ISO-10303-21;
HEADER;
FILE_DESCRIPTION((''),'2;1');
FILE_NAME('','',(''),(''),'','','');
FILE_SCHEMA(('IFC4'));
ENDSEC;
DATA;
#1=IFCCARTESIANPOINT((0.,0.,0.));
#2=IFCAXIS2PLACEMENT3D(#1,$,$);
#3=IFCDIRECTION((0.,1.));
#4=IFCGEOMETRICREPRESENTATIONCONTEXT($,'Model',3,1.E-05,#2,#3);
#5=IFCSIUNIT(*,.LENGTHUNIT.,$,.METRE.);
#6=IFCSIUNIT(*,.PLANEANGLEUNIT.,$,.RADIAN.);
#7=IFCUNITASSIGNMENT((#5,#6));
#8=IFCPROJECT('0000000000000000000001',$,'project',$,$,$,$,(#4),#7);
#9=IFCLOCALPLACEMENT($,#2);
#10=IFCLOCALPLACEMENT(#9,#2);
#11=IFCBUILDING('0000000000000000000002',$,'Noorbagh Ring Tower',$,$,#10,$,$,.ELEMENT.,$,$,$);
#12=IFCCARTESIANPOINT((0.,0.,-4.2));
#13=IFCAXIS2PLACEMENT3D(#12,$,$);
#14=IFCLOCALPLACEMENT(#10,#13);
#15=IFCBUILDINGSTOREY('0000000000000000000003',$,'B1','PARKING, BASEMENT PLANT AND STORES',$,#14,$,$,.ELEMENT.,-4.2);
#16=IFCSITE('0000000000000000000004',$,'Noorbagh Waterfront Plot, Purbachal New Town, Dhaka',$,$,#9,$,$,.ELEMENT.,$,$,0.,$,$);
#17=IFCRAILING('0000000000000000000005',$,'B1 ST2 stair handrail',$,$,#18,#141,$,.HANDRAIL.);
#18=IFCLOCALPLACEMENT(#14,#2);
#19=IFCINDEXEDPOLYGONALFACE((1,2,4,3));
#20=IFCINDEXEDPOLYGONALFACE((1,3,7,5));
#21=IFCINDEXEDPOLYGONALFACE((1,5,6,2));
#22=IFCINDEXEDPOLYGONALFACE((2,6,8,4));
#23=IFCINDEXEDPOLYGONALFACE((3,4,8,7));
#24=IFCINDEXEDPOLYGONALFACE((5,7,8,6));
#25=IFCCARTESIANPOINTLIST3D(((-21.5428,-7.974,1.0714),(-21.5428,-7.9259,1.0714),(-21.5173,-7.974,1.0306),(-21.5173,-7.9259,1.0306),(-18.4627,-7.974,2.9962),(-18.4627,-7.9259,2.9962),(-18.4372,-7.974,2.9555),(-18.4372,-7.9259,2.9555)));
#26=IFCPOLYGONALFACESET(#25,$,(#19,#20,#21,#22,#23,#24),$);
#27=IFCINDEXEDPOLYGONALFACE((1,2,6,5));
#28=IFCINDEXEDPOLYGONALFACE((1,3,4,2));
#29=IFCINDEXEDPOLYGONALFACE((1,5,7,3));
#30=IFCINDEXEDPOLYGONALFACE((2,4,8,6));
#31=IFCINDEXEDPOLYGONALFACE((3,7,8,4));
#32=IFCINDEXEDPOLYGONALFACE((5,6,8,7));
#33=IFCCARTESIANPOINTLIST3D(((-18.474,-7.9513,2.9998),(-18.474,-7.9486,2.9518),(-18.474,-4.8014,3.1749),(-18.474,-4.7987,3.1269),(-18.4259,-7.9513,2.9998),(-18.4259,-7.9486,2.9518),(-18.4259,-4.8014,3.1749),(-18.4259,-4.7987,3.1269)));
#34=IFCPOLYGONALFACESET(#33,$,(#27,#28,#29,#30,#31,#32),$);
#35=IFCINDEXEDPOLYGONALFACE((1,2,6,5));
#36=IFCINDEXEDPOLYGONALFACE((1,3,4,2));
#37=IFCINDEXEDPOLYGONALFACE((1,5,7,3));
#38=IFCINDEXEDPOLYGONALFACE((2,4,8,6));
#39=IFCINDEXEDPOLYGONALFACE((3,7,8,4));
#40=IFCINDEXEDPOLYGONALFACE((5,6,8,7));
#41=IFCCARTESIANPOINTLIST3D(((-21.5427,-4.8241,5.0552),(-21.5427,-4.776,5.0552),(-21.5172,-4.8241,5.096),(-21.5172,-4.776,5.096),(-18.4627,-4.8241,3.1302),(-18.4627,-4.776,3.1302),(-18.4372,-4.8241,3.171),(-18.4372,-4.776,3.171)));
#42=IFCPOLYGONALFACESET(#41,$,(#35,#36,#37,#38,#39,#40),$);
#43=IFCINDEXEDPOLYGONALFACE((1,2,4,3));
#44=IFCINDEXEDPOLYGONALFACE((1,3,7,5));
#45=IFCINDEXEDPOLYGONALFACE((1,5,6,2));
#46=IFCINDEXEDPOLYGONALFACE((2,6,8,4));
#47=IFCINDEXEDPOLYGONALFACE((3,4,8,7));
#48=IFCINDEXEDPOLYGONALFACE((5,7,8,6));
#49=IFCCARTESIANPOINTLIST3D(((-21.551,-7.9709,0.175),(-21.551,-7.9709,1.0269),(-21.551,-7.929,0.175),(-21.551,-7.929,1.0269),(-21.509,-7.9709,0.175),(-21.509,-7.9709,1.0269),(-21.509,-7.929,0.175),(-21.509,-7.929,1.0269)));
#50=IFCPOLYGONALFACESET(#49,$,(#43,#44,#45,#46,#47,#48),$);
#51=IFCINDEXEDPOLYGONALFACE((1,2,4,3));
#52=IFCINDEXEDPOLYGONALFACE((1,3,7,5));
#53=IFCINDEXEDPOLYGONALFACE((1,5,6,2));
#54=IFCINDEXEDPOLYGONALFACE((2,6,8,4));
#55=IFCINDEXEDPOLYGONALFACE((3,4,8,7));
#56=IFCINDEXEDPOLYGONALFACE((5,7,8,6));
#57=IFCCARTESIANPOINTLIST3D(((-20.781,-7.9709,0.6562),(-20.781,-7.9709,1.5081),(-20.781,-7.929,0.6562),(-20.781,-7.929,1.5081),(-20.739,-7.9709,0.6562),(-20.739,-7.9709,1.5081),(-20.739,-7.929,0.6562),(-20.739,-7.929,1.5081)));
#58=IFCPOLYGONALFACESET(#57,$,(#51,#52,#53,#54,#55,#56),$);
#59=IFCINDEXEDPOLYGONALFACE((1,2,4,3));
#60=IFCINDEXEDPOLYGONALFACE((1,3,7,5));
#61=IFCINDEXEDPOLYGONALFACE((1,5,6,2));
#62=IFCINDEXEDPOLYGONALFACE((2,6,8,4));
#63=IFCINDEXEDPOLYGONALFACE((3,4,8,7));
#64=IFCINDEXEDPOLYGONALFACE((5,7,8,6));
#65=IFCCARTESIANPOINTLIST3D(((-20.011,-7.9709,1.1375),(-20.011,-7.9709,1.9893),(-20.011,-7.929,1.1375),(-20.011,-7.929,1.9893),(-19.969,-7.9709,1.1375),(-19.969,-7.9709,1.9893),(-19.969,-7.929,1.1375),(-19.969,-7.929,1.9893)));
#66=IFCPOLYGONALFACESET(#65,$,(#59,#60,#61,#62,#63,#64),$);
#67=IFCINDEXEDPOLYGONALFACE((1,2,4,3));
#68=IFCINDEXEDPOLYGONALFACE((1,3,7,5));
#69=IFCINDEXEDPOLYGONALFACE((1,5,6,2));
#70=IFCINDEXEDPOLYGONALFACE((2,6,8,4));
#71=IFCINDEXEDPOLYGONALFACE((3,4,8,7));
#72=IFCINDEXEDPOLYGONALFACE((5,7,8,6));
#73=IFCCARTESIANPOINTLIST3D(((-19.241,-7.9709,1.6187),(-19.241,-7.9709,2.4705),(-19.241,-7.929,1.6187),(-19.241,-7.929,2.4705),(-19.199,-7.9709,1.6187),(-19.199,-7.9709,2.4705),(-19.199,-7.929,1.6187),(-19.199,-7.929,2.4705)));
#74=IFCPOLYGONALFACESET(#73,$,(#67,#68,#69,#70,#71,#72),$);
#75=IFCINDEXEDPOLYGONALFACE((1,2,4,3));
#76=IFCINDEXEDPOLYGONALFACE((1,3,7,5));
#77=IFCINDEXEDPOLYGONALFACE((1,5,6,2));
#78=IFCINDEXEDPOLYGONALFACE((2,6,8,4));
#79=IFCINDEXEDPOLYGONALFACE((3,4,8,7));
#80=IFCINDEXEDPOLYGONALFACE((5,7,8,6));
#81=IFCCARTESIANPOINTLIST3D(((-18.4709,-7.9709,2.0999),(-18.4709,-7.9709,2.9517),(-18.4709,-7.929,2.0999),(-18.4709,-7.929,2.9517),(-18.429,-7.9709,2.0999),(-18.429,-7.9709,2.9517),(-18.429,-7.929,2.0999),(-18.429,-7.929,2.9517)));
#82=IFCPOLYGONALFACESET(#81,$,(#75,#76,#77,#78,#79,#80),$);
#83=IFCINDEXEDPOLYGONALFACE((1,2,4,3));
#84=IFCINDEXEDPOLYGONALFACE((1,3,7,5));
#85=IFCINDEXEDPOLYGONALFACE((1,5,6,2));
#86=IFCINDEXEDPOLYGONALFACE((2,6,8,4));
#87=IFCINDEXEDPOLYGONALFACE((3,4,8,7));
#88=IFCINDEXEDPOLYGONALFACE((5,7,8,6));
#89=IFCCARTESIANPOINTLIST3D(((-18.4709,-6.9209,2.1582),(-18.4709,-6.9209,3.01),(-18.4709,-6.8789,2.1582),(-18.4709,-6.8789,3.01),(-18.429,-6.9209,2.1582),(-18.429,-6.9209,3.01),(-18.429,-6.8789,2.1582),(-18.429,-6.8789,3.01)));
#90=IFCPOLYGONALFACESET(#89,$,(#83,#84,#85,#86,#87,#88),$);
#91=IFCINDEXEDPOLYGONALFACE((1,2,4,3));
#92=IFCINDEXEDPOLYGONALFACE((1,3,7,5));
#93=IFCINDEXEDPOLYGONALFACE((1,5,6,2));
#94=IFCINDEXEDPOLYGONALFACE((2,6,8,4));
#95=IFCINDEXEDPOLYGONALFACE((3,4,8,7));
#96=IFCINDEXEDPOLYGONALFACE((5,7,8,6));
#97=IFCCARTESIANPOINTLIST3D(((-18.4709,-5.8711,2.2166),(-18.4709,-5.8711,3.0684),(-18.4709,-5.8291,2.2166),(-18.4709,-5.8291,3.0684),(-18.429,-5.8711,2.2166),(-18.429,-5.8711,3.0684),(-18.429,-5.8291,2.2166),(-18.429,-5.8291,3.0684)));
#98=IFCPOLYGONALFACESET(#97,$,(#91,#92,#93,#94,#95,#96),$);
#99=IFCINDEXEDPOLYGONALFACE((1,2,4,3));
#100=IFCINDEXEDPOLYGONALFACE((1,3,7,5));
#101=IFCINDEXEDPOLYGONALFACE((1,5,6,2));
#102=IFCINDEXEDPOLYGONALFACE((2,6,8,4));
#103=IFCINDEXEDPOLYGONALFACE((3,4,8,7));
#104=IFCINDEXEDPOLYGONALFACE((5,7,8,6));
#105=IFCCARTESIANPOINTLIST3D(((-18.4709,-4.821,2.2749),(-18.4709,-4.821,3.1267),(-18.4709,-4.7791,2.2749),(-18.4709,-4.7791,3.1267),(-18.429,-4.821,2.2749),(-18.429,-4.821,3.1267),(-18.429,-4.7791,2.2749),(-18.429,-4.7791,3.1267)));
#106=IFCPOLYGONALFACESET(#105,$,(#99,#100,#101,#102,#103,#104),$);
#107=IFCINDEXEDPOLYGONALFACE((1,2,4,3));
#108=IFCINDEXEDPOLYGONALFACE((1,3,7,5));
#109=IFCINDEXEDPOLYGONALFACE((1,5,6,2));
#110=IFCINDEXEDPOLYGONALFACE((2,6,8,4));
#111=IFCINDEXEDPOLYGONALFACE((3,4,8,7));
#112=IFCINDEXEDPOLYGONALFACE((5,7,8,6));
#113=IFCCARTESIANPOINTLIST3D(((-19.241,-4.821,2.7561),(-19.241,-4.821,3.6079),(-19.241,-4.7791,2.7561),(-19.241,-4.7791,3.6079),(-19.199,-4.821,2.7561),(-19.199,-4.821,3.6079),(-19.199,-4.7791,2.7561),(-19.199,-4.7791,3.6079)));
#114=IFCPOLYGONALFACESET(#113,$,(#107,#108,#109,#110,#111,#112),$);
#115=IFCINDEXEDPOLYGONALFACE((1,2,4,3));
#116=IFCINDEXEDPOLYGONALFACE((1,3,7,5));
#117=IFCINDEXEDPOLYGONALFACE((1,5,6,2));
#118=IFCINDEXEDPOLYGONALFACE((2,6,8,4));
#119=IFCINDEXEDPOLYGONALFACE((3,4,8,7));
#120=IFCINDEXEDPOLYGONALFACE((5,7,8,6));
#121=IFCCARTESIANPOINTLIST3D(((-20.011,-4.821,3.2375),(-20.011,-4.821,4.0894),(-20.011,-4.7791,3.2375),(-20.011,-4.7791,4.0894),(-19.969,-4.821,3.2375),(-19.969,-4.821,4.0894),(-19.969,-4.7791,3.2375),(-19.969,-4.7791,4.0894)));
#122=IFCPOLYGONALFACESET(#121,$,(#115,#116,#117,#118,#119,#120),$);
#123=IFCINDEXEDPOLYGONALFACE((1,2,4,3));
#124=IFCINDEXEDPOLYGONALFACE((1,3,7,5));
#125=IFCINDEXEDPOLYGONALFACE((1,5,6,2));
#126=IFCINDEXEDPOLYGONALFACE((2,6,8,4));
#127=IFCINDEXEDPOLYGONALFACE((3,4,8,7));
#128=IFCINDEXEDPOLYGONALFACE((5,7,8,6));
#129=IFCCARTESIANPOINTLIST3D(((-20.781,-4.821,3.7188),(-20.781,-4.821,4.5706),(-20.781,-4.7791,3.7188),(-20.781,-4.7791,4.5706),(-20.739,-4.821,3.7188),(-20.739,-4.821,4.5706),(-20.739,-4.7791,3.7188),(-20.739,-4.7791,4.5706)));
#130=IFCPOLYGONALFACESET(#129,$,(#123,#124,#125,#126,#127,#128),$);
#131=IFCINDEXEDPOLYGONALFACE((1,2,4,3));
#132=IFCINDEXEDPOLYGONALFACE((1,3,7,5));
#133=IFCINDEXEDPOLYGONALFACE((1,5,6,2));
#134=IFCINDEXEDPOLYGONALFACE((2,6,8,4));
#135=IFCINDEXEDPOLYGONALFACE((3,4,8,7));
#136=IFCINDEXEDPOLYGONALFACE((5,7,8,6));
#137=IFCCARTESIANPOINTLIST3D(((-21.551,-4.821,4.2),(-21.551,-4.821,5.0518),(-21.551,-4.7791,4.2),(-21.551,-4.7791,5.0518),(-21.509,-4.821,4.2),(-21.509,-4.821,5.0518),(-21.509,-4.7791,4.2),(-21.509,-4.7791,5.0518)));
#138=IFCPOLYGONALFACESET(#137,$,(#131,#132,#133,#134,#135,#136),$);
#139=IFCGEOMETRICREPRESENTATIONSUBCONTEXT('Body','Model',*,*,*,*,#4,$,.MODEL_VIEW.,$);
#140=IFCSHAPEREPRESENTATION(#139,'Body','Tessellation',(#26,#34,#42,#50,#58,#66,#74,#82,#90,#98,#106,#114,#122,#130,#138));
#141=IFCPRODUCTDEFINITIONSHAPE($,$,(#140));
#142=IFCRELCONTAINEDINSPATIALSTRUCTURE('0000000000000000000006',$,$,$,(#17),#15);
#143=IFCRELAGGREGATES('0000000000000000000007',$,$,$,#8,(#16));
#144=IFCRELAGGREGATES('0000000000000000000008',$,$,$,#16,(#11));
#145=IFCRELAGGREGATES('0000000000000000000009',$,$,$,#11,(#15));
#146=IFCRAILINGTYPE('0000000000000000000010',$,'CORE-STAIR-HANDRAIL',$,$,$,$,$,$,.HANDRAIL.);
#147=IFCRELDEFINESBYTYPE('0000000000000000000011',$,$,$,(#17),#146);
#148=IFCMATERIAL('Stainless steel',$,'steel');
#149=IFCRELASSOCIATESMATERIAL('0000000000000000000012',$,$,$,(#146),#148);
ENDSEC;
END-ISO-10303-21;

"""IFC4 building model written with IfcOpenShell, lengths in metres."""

from ifc_helpers import new_model, si_unit, direction, frame, origin, origin_2d, place, context, subcontext, project, spatial, rectangle, extrude, material, type_object, element, save


model = new_model("IFC4")

# Units and contexts
model_context = context("Model", 3, precision=1e-05, world=origin(), true_north=direction((0.0, 1.0)))
body_context = subcontext(model_context, "Body", "Model", "MODEL_VIEW")
ifc_project = project(units=[si_unit("LENGTHUNIT", "METRE"), si_unit("PLANEANGLEUNIT", "RADIAN")], contexts=[model_context])

# Site, building, storey
site_placement = place(None, origin())
site = spatial("IfcSite", under=ifc_project, at=site_placement, Name="Noorbagh Waterfront Plot, Purbachal New Town, Dhaka", CompositionType="ELEMENT", RefElevation=0.0)
building_placement = place(site_placement, origin())
building = spatial("IfcBuilding", under=site, at=building_placement, Name="Noorbagh Ring Tower", CompositionType="ELEMENT")
storey_placement = place(building_placement, frame((0.0, 0.0, -4.2)))
storey = spatial("IfcBuildingStorey", under=building, at=storey_placement, Name="B1", Description="PARKING, BASEMENT PLANT AND STORES", CompositionType="ELEMENT", Elevation=-4.2)

# Railing
ifc_material_1 = material(Name="Stainless steel", Category="steel")
railing_type_1 = type_object("IfcRailingType", Name="CORE-STAIR-HANDRAIL", PredefinedType="HANDRAIL", material=ifc_material_1)
railing_1_placement = place(storey_placement, frame((-21.53, -7.95, 0.175)))
element("IfcRailing", 1, at=railing_1_placement, inside=storey, type_object=railing_type_1, Name="B1 ST2 stair handrail", PredefinedType="HANDRAIL", context=body_context, shape_type="SweptSolid", body=[
    extrude(rectangle(XDim=0.0481, YDim=0.0481, at=origin_2d()), frame((0.0, 0.0, 0.876), z_axis=(0.848029, 0.0, 0.529951), x_axis=(0.0, 1.0, 0.0)), (0.0, 0.0, 1.0), 3.6321),
    extrude(rectangle(XDim=0.0481, YDim=0.0481, at=origin_2d()), frame((3.0801, 0.0, 2.8008), z_axis=(0.0, 0.998459, 0.055487), x_axis=(-1.0, 0.0, 0.0)), (0.0, 0.0, 1.0), 3.1548),
    extrude(rectangle(XDim=0.0481, YDim=0.0481, at=origin_2d()), frame((3.0801, 3.1499, 2.9756), z_axis=(-0.847998, 0.0, 0.529999), x_axis=(0.0, -1.0, 0.0)), (0.0, 0.0, 1.0), 3.6321),
    extrude(rectangle(XDim=0.042, YDim=0.042, at=origin_2d()), origin(), (0.0, 0.0, 1.0), 0.8518),
    extrude(rectangle(XDim=0.042, YDim=0.042, at=origin_2d()), frame((0.77, 0.0, 0.4812)), (0.0, 0.0, 1.0), 0.8518),
    extrude(rectangle(XDim=0.042, YDim=0.042, at=origin_2d()), frame((1.54, 0.0, 0.9624)), (0.0, 0.0, 1.0), 0.8518),
    extrude(rectangle(XDim=0.042, YDim=0.042, at=origin_2d()), frame((2.3101, 0.0, 1.4436)), (0.0, 0.0, 1.0), 0.8518),
    extrude(rectangle(XDim=0.042, YDim=0.042, at=origin_2d()), frame((3.0801, 0.0, 1.9248)), (0.0, 0.0, 1.0), 0.8518),
    extrude(rectangle(XDim=0.042, YDim=0.042, at=origin_2d()), frame((3.0801, 1.05, 1.9832)), (0.0, 0.0, 1.0), 0.8518),
    extrude(rectangle(XDim=0.042, YDim=0.042, at=origin_2d()), frame((3.0801, 2.0999, 2.0415)), (0.0, 0.0, 1.0), 0.8518),
    extrude(rectangle(XDim=0.042, YDim=0.042, at=origin_2d()), frame((3.0801, 3.1499, 2.0999)), (0.0, 0.0, 1.0), 0.8518),
    extrude(rectangle(XDim=0.042, YDim=0.042, at=origin_2d()), frame((2.3101, 3.1499, 2.5811)), (0.0, 0.0, 1.0), 0.8518),
    extrude(rectangle(XDim=0.042, YDim=0.042, at=origin_2d()), frame((1.54, 3.1499, 3.0625)), (0.0, 0.0, 1.0), 0.8518),
    extrude(rectangle(XDim=0.042, YDim=0.042, at=origin_2d()), frame((0.77, 3.1499, 3.5437)), (0.0, 0.0, 1.0), 0.8518),
    extrude(rectangle(XDim=0.042, YDim=0.042, at=origin_2d()), frame((0.0, 3.1499, 4.0249)), (0.0, 0.0, 1.0), 0.8518),
])

save(model, "model.ifc")
